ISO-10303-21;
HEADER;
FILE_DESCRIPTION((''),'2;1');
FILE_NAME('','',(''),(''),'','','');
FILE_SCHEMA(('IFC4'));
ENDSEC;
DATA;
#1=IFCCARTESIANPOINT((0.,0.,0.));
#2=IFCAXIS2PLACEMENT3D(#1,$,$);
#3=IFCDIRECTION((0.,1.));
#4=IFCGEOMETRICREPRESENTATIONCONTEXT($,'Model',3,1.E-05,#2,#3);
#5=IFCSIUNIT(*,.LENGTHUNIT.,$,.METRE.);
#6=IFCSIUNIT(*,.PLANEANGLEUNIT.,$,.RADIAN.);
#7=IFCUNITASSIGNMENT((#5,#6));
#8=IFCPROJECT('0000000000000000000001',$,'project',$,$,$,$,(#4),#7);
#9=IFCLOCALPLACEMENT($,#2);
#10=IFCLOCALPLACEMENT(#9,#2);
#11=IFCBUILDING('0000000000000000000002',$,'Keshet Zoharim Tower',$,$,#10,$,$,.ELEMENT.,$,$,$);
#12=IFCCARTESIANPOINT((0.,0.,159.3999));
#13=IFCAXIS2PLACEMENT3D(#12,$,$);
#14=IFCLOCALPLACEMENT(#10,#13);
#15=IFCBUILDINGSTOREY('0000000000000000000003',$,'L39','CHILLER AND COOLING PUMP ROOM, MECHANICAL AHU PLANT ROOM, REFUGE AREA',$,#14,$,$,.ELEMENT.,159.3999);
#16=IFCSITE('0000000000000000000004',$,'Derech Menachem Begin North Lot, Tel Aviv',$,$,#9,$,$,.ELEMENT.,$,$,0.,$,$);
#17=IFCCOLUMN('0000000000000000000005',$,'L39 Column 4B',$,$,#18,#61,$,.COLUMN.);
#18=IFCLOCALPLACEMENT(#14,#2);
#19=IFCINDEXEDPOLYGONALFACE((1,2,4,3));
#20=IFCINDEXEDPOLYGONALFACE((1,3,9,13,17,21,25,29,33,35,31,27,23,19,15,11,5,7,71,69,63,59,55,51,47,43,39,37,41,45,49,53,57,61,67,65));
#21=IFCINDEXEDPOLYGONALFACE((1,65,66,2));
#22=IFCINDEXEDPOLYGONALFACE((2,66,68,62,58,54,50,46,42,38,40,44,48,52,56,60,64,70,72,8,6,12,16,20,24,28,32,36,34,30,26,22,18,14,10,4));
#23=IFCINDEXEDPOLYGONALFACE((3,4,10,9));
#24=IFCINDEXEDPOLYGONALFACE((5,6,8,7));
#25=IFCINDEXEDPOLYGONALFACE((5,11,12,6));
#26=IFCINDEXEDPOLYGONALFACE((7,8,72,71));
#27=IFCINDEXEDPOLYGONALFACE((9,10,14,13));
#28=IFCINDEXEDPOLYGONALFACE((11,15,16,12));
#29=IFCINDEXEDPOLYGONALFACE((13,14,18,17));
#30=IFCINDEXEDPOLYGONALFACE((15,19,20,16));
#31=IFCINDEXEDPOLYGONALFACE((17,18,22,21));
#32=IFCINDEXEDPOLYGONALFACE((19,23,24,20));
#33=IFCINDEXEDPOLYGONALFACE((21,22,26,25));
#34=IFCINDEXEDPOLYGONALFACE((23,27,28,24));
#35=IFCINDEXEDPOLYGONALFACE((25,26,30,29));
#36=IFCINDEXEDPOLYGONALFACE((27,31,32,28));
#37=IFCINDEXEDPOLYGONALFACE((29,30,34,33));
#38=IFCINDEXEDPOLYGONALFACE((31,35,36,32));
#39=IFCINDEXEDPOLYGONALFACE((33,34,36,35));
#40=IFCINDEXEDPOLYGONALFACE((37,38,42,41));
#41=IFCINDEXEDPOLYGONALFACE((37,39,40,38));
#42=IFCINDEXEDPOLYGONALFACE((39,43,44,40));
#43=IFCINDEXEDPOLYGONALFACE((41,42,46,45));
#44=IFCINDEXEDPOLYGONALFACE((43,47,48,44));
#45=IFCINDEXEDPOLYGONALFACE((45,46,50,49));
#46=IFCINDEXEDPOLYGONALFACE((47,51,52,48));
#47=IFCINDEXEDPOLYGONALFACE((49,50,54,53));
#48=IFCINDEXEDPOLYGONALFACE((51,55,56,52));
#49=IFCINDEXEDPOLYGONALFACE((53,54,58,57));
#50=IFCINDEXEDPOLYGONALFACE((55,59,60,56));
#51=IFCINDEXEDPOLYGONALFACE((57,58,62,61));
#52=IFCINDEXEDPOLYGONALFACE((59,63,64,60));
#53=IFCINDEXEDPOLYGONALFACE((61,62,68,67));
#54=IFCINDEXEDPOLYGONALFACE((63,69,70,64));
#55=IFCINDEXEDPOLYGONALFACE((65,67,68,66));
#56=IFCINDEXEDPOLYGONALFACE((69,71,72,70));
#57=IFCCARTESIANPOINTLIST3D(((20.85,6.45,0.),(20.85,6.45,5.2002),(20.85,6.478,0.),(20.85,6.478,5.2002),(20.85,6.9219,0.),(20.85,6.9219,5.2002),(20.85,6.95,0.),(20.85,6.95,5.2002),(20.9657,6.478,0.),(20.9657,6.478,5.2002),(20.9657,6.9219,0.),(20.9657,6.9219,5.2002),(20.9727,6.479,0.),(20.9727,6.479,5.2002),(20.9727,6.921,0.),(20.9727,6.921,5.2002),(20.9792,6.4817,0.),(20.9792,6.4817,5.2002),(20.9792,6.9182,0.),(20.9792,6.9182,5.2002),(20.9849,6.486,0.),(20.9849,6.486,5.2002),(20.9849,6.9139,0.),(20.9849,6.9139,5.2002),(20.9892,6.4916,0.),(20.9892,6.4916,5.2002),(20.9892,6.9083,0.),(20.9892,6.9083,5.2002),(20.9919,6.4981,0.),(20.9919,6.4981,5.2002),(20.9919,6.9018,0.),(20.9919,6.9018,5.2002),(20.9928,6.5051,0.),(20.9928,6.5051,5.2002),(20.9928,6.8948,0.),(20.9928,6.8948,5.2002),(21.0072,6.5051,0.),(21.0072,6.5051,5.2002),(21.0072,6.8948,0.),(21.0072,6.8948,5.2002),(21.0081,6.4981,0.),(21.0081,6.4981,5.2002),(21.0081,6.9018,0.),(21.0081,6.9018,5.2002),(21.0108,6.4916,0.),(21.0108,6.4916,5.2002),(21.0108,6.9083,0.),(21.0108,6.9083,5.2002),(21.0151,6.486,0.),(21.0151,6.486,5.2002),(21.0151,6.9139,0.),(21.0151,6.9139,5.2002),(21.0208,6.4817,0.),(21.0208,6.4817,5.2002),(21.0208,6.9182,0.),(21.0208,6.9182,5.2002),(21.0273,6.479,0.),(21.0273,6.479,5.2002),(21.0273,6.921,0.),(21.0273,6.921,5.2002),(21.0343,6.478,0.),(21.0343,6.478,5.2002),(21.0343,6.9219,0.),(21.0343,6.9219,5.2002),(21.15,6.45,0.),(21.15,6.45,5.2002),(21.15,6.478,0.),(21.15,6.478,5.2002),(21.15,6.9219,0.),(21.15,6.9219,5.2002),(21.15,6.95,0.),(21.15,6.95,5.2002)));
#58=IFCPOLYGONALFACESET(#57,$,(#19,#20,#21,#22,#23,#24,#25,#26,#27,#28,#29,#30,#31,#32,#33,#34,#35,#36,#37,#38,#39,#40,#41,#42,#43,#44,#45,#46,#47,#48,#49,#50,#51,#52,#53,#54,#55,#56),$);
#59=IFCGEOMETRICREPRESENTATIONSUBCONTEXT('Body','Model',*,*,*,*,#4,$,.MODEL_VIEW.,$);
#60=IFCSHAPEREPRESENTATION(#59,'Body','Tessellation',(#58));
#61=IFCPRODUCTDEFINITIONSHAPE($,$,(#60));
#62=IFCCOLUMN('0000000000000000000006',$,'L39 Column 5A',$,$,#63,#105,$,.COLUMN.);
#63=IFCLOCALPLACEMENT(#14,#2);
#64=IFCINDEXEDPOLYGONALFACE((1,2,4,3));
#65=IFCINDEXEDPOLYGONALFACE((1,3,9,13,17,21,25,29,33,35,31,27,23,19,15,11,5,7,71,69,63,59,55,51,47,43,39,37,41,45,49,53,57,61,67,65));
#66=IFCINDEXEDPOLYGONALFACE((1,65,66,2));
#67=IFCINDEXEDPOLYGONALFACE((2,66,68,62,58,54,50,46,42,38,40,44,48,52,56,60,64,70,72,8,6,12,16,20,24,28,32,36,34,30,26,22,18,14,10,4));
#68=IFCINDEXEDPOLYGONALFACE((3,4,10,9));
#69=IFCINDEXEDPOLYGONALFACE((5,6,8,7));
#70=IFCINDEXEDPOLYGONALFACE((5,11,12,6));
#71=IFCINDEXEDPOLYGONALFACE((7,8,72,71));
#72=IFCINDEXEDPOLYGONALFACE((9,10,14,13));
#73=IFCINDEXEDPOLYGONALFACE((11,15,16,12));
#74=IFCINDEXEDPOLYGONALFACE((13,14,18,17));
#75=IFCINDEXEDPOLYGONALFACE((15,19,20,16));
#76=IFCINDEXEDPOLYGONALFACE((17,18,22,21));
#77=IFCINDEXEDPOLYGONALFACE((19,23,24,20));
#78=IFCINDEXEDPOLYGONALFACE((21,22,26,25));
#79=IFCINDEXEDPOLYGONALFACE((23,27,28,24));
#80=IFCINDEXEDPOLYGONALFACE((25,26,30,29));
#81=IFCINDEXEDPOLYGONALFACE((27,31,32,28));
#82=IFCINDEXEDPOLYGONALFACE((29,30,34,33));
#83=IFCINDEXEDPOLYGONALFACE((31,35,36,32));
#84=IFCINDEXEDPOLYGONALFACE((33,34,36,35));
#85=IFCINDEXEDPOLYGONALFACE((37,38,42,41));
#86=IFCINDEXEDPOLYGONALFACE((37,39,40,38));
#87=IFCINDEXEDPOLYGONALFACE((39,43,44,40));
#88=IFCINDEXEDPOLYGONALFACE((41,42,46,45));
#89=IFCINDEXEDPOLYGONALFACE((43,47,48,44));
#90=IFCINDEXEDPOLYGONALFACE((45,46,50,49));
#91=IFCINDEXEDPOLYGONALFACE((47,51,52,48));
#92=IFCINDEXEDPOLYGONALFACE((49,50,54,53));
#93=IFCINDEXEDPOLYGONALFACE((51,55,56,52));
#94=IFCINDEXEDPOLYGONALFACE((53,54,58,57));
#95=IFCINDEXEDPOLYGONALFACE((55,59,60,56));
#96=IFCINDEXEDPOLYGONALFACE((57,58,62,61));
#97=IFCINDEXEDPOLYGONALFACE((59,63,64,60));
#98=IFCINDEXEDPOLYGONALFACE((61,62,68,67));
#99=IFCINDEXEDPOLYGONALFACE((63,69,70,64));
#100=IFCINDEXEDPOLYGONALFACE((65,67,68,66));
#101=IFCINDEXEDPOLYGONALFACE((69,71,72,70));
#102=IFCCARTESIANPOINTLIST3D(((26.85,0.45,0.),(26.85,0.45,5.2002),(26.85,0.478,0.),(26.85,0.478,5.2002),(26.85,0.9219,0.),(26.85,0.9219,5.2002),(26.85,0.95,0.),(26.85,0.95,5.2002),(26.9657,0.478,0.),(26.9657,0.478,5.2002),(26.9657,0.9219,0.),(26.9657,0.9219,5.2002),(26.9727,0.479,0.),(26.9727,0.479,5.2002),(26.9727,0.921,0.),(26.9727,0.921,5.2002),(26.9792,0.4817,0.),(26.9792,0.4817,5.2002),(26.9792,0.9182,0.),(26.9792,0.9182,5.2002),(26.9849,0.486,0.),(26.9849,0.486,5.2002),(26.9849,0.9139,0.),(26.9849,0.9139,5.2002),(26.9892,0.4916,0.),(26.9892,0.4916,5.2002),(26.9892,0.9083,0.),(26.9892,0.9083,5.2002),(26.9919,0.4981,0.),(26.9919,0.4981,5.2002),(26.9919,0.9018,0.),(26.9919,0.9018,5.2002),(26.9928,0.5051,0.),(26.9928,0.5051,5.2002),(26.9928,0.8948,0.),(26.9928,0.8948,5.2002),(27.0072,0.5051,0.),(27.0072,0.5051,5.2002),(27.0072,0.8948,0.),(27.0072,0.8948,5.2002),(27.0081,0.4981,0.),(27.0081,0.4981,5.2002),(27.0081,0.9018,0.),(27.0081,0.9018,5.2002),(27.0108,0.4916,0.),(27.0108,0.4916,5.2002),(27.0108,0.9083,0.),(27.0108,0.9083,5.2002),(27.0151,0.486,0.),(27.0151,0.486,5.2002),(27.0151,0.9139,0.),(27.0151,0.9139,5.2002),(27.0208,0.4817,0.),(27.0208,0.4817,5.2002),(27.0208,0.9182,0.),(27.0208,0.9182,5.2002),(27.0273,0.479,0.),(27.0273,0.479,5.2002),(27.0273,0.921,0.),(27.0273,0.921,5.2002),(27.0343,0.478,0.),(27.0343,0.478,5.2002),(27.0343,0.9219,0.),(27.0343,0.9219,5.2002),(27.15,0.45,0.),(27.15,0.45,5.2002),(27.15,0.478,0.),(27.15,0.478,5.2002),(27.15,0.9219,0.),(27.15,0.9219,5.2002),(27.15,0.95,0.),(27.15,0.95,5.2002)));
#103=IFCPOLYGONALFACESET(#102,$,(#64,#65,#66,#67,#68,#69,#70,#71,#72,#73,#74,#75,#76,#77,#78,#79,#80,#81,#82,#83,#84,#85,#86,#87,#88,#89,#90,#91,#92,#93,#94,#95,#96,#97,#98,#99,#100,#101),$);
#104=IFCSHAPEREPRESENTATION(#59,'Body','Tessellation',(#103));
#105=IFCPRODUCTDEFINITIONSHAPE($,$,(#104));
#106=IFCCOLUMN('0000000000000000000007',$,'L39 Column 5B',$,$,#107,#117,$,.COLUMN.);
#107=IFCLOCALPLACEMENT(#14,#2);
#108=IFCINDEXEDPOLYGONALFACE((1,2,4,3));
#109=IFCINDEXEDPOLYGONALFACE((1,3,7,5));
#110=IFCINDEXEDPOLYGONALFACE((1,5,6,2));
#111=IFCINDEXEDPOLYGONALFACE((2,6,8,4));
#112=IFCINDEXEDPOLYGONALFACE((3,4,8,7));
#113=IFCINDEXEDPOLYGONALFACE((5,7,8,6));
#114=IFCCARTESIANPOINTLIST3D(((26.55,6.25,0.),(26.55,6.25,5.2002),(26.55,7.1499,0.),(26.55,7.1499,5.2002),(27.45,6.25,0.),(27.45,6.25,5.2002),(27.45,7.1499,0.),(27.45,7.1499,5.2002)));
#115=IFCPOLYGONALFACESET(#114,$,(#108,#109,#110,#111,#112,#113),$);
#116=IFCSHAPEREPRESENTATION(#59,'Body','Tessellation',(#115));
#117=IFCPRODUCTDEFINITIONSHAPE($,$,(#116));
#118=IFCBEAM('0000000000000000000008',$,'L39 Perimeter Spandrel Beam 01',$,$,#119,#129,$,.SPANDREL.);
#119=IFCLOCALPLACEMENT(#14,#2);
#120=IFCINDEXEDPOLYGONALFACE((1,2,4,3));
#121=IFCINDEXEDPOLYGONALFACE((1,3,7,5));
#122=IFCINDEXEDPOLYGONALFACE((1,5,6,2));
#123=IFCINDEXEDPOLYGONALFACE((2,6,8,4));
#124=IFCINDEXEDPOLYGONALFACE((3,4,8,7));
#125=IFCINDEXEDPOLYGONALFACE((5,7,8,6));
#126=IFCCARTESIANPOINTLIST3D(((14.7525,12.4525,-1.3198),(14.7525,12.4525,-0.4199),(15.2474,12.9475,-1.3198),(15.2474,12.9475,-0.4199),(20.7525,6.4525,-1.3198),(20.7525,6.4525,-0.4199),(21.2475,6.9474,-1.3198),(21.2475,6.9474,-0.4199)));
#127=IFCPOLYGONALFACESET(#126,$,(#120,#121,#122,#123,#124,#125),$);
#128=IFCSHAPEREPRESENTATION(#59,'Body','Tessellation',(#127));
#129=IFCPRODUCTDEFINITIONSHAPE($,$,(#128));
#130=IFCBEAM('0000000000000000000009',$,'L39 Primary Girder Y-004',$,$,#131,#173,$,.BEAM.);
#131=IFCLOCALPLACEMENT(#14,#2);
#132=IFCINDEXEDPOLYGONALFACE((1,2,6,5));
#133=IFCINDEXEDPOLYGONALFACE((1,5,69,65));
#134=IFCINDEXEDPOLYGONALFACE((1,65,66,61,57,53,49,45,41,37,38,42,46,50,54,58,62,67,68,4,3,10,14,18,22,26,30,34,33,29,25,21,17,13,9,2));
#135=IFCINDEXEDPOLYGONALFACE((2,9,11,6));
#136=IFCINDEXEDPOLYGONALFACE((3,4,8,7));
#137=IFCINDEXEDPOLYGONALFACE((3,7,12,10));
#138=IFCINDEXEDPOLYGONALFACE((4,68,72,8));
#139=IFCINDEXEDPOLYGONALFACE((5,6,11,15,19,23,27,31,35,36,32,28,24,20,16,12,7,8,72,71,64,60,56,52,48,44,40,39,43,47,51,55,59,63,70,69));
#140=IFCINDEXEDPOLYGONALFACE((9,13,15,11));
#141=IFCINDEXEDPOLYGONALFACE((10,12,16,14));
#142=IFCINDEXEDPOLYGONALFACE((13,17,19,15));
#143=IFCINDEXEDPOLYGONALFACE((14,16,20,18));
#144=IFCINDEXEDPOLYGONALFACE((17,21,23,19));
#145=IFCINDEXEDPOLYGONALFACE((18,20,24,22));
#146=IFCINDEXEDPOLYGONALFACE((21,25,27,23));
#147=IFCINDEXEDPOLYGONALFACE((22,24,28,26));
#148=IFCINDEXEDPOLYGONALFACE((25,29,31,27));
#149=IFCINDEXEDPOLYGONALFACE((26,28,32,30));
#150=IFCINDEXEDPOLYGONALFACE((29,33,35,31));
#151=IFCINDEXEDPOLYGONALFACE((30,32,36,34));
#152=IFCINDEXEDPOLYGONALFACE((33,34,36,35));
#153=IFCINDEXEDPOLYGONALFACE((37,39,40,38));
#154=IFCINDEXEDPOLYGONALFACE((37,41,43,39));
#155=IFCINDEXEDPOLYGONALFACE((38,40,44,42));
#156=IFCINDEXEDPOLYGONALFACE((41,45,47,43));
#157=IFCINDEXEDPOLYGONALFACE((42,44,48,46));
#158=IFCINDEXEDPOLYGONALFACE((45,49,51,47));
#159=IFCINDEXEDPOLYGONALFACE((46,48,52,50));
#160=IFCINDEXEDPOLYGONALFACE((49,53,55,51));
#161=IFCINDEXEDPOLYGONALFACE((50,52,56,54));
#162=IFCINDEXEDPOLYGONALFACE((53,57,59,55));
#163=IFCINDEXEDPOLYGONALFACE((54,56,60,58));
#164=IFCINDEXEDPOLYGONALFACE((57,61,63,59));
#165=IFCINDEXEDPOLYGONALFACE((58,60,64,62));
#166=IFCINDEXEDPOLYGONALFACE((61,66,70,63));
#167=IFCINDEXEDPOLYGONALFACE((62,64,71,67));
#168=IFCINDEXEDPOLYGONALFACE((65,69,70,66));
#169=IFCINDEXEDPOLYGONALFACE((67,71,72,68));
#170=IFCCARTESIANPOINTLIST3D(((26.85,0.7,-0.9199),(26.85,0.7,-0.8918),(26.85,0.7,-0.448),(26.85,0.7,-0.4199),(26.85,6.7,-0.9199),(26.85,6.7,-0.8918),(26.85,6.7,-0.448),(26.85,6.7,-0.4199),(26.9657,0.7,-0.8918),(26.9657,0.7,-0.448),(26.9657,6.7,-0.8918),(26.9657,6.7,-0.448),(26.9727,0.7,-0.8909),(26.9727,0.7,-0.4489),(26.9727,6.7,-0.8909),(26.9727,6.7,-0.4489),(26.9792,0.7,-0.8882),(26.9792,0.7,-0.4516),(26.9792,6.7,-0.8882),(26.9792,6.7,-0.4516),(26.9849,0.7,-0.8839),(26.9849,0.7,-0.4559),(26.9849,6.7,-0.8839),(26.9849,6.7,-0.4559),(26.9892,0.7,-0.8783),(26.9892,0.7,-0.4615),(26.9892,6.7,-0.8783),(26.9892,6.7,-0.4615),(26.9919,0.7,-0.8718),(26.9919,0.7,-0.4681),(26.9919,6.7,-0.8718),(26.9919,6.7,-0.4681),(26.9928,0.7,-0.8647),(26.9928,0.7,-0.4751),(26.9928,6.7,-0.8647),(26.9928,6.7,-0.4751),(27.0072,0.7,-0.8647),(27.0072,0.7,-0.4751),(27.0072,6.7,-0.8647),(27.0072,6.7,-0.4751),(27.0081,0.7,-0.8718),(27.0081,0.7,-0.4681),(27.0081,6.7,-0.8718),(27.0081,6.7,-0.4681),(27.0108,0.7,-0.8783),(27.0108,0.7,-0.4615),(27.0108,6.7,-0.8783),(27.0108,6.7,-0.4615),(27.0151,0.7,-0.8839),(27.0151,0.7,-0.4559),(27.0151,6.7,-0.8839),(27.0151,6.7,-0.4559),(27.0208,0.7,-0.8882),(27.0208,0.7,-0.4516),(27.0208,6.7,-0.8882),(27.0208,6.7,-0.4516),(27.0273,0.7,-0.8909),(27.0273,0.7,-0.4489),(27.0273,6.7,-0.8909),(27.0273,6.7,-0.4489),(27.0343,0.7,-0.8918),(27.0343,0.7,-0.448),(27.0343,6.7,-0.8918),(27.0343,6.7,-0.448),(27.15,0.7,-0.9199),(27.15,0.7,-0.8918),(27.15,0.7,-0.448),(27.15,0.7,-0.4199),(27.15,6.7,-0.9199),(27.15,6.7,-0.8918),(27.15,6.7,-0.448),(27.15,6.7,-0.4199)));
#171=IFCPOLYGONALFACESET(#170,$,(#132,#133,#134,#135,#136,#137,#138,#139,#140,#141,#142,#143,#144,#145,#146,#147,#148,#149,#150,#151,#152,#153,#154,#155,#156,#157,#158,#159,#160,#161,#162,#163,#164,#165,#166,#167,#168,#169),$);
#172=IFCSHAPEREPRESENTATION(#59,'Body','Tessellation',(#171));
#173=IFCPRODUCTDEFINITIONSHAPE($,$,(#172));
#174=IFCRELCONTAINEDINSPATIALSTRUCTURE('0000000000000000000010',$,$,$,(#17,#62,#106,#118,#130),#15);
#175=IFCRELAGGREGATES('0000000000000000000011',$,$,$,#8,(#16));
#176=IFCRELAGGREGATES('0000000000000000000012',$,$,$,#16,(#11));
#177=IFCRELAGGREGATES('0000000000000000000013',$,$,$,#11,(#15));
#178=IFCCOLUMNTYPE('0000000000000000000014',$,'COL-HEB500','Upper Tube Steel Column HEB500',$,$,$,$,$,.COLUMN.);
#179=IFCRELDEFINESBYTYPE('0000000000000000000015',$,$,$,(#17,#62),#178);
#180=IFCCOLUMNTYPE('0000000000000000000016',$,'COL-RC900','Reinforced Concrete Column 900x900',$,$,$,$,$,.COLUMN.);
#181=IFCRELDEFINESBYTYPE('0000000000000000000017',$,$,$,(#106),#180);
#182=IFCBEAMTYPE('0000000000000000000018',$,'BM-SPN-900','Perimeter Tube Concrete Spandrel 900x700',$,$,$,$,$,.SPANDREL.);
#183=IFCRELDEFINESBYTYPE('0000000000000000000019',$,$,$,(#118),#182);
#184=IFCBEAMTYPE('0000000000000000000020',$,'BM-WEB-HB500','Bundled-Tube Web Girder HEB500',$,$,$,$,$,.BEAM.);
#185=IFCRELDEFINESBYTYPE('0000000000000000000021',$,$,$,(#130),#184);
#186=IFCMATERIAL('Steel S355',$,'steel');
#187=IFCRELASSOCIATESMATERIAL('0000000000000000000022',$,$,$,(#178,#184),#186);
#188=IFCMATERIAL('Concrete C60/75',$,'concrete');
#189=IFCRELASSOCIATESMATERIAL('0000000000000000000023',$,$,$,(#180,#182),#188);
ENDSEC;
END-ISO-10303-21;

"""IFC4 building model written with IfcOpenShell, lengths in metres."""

from ifc_helpers import new_model, si_unit, direction, frame, origin, origin_2d, place, context, subcontext, project, spatial, rectangle, i_section, extrude, material, material_profile, profile_set, type_object, element, save


model = new_model("IFC4")

# Units and contexts
model_context = context("Model", 3, precision=1e-05, world=origin(), true_north=direction((0.0, 1.0)))
body_context = subcontext(model_context, "Body", "Model", "MODEL_VIEW")
ifc_project = project(units=[si_unit("LENGTHUNIT", "METRE"), si_unit("PLANEANGLEUNIT", "RADIAN")], contexts=[model_context])

# Site, building, storey
site_placement = place(None, origin())
site = spatial("IfcSite", under=ifc_project, at=site_placement, Name="Derech Menachem Begin North Lot, Tel Aviv", CompositionType="ELEMENT", RefElevation=0.0)
building_placement = place(site_placement, origin())
building = spatial("IfcBuilding", under=site, at=building_placement, Name="Keshet Zoharim Tower", CompositionType="ELEMENT")
storey_placement = place(building_placement, frame((0.0, 0.0, 159.3999)))
storey = spatial("IfcBuildingStorey", under=building, at=storey_placement, Name="L39", Description="CHILLER AND COOLING PUMP ROOM, MECHANICAL AHU PLANT ROOM, REFUGE AREA", CompositionType="ELEMENT", Elevation=159.3999)

# Columns
ifc_material_1 = material(Name="Steel S355", Category="steel")
ifc_material_profile_1 = material_profile(ifc_material_1, i_section(OverallWidth=0.3, OverallDepth=0.5, WebThickness=0.0144, FlangeThickness=0.0281, FilletRadius=0.0271, at=origin_2d()), Name="HEB500")
ifc_profile_set_1 = profile_set([ifc_material_profile_1], Name="Steel S355")
column_type_1 = type_object("IfcColumnType", Name="COL-HEB500", Description="Upper Tube Steel Column HEB500", PredefinedType="COLUMN", material=ifc_profile_set_1)
for number, where, z_axis, x_axis, name in (
    (1, (21.0, 6.7, 0.0), (0.0, 0.0, 1.0), (1.0, 0.0, 0.0), "L39 Column 4B"),
    (2, (27.0, 0.7, 0.0), (0.0, 0.0, 1.0), (1.0, 0.0, 0.0), "L39 Column 5A"),
):
    element("IfcColumn", number, at=place(storey_placement, frame(where, z_axis=z_axis, x_axis=x_axis)), inside=storey, type_object=column_type_1, Name=name, PredefinedType="COLUMN", context=body_context, shape_type="SweptSolid", body=[
        extrude(i_section(OverallWidth=0.3, OverallDepth=0.5, WebThickness=0.0144, FlangeThickness=0.0281, FilletRadius=0.0271, at=origin_2d()), origin(), (0.0, 0.0, 1.0), 5.2002),
    ])
ifc_material_2 = material(Name="Concrete C60/75", Category="concrete")
ifc_material_profile_2 = material_profile(ifc_material_2, rectangle(XDim=0.8999, YDim=0.8999, at=origin_2d()), Name="RC900x900")
ifc_profile_set_2 = profile_set([ifc_material_profile_2], Name="Concrete C60/75")
column_type_2 = type_object("IfcColumnType", Name="COL-RC900", Description="Reinforced Concrete Column 900x900", PredefinedType="COLUMN", material=ifc_profile_set_2)
column_placement = place(storey_placement, frame((27.0, 6.7, 0.0), z_axis=(0.0, 0.0, 1.0), x_axis=(1.0, 0.0, 0.0)))
element("IfcColumn", 3, at=column_placement, inside=storey, type_object=column_type_2, Name="L39 Column 5B", PredefinedType="COLUMN", context=body_context, shape_type="SweptSolid", body=[
    extrude(rectangle(XDim=0.8999, YDim=0.8999, at=origin_2d()), origin(), (0.0, 0.0, 1.0), 5.2002),
])

# Beams
ifc_material_profile_3 = material_profile(ifc_material_2, rectangle(XDim=0.7, YDim=0.8999, at=origin_2d()), Name="RC900x700")
ifc_profile_set_3 = profile_set([ifc_material_profile_3], Name="Concrete C60/75")
beam_type_1 = type_object("IfcBeamType", Name="BM-SPN-900", Description="Perimeter Tube Concrete Spandrel 900x700", PredefinedType="SPANDREL", material=ifc_profile_set_3)
beam_1_placement = place(storey_placement, frame((21.0, 6.7, -0.8699), z_axis=(-0.707107, 0.707107, 0.0), x_axis=(-0.707107, -0.707107, 0.0)))
element("IfcBeam", 4, at=beam_1_placement, inside=storey, type_object=beam_type_1, Name="L39 Perimeter Spandrel Beam 01", PredefinedType="SPANDREL", context=body_context, shape_type="SweptSolid", body=[
    extrude(rectangle(XDim=0.7, YDim=0.8999, at=origin_2d()), origin(), (0.0, 0.0, 1.0), 8.4854),
])
ifc_material_profile_4 = material_profile(ifc_material_1, i_section(OverallWidth=0.3, OverallDepth=0.5, WebThickness=0.0144, FlangeThickness=0.0281, FilletRadius=0.0271, at=origin_2d()), Name="HEB500")
ifc_profile_set_4 = profile_set([ifc_material_profile_4], Name="Steel S355")
beam_type_2 = type_object("IfcBeamType", Name="BM-WEB-HB500", Description="Bundled-Tube Web Girder HEB500", PredefinedType="BEAM", material=ifc_profile_set_4)
beam_2_placement = place(storey_placement, frame((27.0, 0.7, -0.6699), z_axis=(0.0, 1.0, 0.0), x_axis=(-1.0, 0.0, 0.0)))
element("IfcBeam", 5, at=beam_2_placement, inside=storey, type_object=beam_type_2, Name="L39 Primary Girder Y-004", PredefinedType="BEAM", context=body_context, shape_type="SweptSolid", body=[
    extrude(i_section(OverallWidth=0.3, OverallDepth=0.5, WebThickness=0.0144, FlangeThickness=0.0281, FilletRadius=0.0271, at=origin_2d()), origin(), (0.0, 0.0, 1.0), 6.0),
])

save(model, "model.ifc")
